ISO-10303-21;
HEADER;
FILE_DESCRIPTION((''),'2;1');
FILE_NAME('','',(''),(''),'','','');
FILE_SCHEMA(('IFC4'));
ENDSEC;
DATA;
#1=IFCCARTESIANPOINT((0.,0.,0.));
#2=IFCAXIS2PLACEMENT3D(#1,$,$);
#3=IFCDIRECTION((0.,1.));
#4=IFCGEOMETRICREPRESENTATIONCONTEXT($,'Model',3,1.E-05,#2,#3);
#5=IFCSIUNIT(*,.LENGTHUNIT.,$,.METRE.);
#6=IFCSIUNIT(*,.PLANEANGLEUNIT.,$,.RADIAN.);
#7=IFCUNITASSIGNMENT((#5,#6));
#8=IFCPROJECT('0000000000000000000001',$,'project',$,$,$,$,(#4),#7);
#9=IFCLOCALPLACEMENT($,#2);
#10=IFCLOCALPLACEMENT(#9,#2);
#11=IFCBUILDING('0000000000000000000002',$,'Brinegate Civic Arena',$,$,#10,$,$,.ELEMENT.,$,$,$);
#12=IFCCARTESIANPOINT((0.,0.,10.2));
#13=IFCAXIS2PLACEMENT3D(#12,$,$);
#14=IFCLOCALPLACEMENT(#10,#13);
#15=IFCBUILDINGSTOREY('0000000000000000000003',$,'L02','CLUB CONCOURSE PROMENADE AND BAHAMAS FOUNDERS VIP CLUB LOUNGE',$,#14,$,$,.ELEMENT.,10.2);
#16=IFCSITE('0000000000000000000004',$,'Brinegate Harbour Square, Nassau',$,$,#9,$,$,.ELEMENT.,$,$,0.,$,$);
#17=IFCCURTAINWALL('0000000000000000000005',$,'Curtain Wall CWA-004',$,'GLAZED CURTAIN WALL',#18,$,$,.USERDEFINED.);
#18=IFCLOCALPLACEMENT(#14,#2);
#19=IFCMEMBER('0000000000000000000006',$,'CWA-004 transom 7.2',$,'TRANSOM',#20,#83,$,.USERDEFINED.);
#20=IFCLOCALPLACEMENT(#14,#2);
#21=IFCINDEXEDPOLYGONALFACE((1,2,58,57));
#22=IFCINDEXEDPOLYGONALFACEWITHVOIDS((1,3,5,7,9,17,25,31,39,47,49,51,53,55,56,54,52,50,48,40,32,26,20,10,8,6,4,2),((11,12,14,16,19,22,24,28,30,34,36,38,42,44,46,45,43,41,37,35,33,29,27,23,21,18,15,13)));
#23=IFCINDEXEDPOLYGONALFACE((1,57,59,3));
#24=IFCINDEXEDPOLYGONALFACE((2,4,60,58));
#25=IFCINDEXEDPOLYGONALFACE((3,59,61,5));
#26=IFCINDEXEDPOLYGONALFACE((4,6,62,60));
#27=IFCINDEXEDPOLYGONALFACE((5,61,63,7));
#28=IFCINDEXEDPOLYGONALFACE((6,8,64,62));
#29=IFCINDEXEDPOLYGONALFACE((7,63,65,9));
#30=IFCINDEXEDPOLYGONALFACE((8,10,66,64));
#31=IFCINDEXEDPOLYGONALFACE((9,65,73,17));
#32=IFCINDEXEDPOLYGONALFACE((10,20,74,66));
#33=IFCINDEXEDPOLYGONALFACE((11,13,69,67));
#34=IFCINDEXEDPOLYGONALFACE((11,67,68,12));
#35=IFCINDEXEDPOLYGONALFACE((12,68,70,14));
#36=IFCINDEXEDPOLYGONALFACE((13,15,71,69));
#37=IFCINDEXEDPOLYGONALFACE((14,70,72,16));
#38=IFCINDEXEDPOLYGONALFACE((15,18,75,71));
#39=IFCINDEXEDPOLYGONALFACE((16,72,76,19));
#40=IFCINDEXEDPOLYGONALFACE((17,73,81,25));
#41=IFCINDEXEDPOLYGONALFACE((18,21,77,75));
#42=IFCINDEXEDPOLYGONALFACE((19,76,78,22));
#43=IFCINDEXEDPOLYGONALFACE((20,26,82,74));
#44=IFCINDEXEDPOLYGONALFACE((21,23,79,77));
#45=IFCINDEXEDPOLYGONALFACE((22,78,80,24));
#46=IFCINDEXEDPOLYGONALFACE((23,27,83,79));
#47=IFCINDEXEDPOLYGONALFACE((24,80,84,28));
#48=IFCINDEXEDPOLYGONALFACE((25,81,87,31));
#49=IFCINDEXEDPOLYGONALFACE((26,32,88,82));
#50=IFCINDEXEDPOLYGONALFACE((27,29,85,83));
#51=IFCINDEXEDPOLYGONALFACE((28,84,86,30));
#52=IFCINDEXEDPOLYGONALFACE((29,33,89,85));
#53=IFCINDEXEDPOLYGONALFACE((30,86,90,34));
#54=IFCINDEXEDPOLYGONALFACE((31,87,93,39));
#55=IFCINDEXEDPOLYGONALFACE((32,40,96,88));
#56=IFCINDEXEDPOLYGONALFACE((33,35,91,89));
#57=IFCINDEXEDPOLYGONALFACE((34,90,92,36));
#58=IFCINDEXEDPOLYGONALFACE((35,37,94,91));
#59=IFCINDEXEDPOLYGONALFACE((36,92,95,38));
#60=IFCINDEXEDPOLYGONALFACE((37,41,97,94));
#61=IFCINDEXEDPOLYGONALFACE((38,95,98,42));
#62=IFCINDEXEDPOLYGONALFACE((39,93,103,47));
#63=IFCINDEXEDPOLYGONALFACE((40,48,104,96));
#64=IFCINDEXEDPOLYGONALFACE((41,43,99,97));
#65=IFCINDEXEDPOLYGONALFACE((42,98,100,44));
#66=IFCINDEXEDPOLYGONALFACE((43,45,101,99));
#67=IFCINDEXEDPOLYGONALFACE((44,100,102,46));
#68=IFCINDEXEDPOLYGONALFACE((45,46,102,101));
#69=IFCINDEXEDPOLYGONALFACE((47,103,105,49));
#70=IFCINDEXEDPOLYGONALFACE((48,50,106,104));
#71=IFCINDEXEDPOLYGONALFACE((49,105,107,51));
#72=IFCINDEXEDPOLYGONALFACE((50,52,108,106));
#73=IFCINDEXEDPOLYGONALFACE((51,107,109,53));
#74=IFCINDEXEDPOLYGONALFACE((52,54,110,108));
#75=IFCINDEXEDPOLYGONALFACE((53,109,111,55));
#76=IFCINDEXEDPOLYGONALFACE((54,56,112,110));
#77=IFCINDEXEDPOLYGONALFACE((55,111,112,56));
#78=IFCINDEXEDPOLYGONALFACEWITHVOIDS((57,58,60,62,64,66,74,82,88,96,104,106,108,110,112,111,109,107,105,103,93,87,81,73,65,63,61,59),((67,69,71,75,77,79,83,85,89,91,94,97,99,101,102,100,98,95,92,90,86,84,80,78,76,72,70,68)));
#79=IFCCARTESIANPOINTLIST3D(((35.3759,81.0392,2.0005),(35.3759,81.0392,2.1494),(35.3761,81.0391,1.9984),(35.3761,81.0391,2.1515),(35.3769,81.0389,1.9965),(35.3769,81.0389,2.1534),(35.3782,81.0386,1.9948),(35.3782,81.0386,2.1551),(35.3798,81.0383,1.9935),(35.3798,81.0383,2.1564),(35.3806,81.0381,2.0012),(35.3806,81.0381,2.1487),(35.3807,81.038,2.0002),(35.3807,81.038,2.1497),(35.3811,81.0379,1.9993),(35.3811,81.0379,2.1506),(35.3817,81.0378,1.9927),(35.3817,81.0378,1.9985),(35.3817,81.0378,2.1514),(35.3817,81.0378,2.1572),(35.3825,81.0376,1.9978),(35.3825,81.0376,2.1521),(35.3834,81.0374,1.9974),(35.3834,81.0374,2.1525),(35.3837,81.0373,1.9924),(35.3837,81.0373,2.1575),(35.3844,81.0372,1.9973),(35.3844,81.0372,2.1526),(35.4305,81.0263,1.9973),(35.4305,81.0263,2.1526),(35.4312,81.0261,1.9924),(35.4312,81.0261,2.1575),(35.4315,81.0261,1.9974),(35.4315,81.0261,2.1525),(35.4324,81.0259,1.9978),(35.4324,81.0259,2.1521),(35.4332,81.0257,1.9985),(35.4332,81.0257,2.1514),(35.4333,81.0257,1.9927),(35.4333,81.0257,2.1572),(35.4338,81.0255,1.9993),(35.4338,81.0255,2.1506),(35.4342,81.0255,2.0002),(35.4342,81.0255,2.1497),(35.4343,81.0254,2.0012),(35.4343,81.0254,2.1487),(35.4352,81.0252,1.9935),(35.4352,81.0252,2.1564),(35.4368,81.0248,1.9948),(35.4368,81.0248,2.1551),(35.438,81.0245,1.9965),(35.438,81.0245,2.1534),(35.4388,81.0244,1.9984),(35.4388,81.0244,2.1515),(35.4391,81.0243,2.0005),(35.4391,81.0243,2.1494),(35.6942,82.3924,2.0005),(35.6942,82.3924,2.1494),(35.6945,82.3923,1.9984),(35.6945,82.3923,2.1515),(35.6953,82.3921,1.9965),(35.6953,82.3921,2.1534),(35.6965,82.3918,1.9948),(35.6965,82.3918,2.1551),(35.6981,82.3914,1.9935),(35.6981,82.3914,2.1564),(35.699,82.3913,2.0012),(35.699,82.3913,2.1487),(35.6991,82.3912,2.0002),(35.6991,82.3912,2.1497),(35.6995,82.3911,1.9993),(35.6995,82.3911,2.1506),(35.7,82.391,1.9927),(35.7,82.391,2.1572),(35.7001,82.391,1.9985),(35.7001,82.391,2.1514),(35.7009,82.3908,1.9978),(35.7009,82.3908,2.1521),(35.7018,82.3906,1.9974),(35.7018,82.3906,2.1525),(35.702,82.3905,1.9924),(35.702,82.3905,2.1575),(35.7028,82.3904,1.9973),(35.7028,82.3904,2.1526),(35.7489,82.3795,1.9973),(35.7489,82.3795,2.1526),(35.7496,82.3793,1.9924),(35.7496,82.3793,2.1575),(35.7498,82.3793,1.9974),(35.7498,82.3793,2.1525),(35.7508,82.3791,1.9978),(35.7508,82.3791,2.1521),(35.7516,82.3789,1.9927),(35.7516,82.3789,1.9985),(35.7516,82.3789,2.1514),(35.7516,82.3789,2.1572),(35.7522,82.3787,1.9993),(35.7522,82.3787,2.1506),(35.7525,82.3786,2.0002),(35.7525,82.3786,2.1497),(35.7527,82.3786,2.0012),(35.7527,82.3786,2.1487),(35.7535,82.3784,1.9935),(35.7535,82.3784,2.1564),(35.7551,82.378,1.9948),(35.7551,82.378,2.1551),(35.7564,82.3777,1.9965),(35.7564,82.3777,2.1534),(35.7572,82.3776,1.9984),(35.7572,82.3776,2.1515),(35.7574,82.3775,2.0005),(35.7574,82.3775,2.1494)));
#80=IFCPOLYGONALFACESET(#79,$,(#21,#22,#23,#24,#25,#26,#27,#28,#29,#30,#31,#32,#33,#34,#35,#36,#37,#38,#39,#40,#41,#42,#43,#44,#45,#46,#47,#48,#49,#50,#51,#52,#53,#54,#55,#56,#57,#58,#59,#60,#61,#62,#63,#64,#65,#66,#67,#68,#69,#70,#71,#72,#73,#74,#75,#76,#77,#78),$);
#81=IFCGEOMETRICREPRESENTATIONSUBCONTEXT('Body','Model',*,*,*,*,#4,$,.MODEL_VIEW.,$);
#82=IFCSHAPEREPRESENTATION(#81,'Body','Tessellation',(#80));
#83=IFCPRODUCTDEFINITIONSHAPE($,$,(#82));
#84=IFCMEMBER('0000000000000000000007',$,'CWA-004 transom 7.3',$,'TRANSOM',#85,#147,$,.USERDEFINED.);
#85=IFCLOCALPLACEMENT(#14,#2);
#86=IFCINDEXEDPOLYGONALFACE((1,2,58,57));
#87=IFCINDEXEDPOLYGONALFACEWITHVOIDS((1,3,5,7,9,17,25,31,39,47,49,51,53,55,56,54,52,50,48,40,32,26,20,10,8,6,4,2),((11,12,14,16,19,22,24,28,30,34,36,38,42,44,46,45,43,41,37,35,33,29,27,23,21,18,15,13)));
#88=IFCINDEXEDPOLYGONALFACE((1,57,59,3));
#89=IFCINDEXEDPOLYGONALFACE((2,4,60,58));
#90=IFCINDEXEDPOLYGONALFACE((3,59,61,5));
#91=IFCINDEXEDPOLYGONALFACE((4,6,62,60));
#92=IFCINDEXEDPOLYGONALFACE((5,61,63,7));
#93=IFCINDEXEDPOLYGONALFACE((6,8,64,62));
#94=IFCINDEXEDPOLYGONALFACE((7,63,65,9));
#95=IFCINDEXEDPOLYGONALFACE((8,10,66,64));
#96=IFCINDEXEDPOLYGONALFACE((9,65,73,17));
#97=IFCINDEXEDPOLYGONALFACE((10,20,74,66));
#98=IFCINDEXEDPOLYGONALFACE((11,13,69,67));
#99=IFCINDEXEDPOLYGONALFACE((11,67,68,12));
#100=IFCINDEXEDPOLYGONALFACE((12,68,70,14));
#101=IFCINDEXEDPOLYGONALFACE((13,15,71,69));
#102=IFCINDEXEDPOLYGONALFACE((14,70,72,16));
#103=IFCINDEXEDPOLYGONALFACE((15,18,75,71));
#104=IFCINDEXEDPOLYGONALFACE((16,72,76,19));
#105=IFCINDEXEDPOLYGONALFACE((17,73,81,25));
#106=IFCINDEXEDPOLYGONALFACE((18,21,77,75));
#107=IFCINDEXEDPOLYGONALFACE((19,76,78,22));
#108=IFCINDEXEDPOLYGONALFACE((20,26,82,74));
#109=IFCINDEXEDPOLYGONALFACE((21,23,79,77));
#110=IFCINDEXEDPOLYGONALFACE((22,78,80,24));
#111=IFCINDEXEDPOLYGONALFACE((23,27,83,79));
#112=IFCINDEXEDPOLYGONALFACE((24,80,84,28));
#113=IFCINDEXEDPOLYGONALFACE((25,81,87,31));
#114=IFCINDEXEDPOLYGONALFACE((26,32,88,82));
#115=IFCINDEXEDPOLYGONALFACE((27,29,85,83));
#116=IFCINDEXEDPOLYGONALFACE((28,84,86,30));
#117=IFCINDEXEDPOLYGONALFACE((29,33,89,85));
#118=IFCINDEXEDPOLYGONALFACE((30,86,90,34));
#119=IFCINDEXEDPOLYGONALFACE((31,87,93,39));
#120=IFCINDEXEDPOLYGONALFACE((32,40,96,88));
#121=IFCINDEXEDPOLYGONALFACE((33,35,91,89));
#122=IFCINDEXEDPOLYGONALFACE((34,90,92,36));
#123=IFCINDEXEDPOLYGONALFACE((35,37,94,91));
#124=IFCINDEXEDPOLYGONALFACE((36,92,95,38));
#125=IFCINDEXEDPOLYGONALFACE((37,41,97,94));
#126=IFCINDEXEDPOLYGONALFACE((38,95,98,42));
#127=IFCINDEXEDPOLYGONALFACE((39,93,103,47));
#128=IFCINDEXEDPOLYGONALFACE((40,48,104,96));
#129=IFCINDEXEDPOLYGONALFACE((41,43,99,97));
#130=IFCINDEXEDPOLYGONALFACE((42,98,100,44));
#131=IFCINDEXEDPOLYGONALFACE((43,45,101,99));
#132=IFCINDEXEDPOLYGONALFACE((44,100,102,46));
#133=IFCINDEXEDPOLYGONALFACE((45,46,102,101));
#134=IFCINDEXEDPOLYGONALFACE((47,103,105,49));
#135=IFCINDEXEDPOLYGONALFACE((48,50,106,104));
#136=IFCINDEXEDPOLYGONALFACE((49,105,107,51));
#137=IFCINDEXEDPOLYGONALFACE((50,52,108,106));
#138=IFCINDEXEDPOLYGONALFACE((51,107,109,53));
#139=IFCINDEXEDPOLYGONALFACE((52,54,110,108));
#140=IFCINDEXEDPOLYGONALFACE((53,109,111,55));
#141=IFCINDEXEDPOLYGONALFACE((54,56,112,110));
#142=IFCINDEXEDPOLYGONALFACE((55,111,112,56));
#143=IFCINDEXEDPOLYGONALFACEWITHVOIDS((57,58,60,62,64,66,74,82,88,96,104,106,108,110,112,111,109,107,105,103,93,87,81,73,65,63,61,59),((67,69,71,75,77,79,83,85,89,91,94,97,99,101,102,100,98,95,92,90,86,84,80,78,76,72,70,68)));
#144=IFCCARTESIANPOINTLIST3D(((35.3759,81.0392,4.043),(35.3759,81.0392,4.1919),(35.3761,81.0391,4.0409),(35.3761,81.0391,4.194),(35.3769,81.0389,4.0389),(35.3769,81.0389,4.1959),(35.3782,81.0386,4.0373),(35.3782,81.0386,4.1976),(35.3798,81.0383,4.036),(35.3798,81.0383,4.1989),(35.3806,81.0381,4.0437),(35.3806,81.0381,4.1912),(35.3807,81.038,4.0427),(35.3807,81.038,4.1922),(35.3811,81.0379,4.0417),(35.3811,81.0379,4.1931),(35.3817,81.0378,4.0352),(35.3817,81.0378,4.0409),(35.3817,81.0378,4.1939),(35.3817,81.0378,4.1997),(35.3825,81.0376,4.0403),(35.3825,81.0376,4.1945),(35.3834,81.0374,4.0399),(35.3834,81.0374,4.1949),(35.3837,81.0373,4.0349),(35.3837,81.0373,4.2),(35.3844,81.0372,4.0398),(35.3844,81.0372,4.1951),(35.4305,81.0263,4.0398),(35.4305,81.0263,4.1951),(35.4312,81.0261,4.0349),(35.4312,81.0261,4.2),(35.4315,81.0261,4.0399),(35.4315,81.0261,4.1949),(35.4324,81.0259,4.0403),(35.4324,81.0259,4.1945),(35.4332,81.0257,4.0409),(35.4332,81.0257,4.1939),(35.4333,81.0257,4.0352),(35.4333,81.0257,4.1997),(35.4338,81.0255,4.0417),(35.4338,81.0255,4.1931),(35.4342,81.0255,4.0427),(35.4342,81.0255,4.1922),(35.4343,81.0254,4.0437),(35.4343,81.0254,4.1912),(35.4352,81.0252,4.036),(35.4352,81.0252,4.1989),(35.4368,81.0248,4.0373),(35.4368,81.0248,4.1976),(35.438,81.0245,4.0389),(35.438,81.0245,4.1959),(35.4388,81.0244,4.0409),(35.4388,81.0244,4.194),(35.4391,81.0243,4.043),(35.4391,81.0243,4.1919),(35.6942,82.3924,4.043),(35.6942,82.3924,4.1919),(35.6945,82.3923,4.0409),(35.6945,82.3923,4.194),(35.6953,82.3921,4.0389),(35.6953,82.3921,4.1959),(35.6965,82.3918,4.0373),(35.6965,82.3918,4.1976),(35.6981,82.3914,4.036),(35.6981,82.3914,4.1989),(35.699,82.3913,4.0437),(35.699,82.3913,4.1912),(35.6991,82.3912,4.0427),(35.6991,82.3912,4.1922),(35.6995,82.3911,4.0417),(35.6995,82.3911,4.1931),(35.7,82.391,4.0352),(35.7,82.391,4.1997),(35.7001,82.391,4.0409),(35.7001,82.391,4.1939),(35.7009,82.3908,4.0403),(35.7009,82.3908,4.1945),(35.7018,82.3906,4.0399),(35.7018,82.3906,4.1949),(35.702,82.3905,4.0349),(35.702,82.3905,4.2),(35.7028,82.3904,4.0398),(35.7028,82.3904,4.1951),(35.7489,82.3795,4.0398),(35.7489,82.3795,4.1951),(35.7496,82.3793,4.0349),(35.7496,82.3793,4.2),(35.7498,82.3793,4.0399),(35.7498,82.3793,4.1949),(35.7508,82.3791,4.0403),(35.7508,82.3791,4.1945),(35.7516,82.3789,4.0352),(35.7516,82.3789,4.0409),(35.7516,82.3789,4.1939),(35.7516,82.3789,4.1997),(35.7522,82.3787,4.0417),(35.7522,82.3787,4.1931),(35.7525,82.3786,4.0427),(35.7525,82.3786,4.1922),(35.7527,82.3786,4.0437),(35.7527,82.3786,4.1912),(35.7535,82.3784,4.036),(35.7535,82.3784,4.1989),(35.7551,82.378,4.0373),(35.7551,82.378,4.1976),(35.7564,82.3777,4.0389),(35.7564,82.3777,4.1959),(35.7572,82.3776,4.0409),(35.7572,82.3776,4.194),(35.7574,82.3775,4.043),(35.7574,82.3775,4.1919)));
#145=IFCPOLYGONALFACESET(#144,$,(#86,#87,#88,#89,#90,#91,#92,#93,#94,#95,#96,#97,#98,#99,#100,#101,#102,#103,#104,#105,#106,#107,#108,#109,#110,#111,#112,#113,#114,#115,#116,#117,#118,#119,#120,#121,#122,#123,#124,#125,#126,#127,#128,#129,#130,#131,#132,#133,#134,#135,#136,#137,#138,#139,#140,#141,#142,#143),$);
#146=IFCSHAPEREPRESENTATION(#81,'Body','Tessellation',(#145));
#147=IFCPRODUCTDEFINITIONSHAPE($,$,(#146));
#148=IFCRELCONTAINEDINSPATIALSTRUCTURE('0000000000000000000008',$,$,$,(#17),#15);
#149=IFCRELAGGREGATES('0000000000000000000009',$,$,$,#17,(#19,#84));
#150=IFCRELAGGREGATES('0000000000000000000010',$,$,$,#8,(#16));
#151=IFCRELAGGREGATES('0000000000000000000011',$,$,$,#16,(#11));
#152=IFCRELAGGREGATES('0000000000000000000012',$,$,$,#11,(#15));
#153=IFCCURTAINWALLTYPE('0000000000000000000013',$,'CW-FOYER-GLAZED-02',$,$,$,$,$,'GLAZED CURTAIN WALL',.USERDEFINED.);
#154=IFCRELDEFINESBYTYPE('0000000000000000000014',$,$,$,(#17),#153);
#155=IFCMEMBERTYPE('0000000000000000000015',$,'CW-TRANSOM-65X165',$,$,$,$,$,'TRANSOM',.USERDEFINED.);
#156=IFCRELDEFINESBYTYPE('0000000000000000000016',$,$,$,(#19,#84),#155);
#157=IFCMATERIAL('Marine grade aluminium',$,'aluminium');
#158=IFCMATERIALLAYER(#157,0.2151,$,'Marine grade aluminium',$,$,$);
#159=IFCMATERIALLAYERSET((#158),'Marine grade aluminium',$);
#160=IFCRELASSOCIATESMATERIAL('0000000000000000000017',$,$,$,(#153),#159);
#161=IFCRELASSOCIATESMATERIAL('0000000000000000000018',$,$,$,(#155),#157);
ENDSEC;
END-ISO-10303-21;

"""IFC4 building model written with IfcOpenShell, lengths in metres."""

from ifc_helpers import new_model, si_unit, direction, frame, origin, origin_2d, place, context, subcontext, project, spatial, hollow_rectangle, extrude, material, layer, layer_set, material_profile, profile_set, type_object, element, aggregate, save


model = new_model("IFC4")

# Units and contexts
model_context = context("Model", 3, precision=1e-05, world=origin(), true_north=direction((0.0, 1.0)))
body_context = subcontext(model_context, "Body", "Model", "MODEL_VIEW")
ifc_project = project(units=[si_unit("LENGTHUNIT", "METRE"), si_unit("PLANEANGLEUNIT", "RADIAN")], contexts=[model_context])

# Site, building, storey
site_placement = place(None, origin())
site = spatial("IfcSite", under=ifc_project, at=site_placement, Name="Brinegate Harbour Square, Nassau", CompositionType="ELEMENT", RefElevation=0.0)
building_placement = place(site_placement, origin())
building = spatial("IfcBuilding", under=site, at=building_placement, Name="Brinegate Civic Arena", CompositionType="ELEMENT")
storey_placement = place(building_placement, frame((0.0, 0.0, 10.2)))
storey = spatial("IfcBuildingStorey", under=building, at=storey_placement, Name="L02", Description="CLUB CONCOURSE PROMENADE AND BAHAMAS FOUNDERS VIP CLUB LOUNGE", CompositionType="ELEMENT", Elevation=10.2)

# Curtain wall, members
ifc_material_1 = material(Name="Marine grade aluminium", Category="aluminium")
ifc_layer_1 = layer(ifc_material_1, 0.2151, Name="Marine grade aluminium")
ifc_layer_set_1 = layer_set([ifc_layer_1], Name="Marine grade aluminium")
curtain_wall_type = type_object("IfcCurtainWallType", Name="CW-FOYER-GLAZED-02", ElementType="GLAZED CURTAIN WALL", PredefinedType="USERDEFINED", material=ifc_layer_set_1)
curtain_wall_placement = place(storey_placement, origin())
curtain_wall = element("IfcCurtainWall", 1, at=curtain_wall_placement, inside=storey, type_object=curtain_wall_type, Name="Curtain Wall CWA-004", ObjectType="GLAZED CURTAIN WALL", PredefinedType="USERDEFINED")
ifc_material_profile_1 = material_profile(ifc_material_1, hollow_rectangle(XDim=0.0649, YDim=0.165, WallThickness=0.0049, InnerFilletRadius=0.0039, OuterFilletRadius=0.0081, at=origin_2d()), Name="TRN65X165")
ifc_profile_set_1 = profile_set([ifc_material_profile_1], Name="Marine grade aluminium")
member_type_1 = type_object("IfcMemberType", Name="CW-TRANSOM-65X165", ElementType="TRANSOM", PredefinedType="USERDEFINED", material=ifc_profile_set_1)
member_1_placement = place(storey_placement, frame((35.4075, 81.0317, 2.075), z_axis=(0.229, 0.973426, 0.0), x_axis=(-0.973426, 0.229, 0.0)))
member_1 = element("IfcMember", 2, at=member_1_placement, type_object=member_type_1, Name="CWA-004 transom 7.2", ObjectType="TRANSOM", PredefinedType="USERDEFINED", context=body_context, shape_type="SweptSolid", body=[
    extrude(hollow_rectangle(XDim=0.0649, YDim=0.165, WallThickness=0.0049, InnerFilletRadius=0.0039, OuterFilletRadius=0.0081, at=origin_2d()), origin(), (0.0, 0.0, 1.0), 1.3901),
])
member_2_placement = place(storey_placement, frame((35.4075, 81.0317, 4.1174), z_axis=(0.229, 0.973426, 0.0), x_axis=(-0.973426, 0.229, 0.0)))
member_2 = element("IfcMember", 3, at=member_2_placement, type_object=member_type_1, Name="CWA-004 transom 7.3", ObjectType="TRANSOM", PredefinedType="USERDEFINED", context=body_context, shape_type="SweptSolid", body=[
    extrude(hollow_rectangle(XDim=0.0649, YDim=0.165, WallThickness=0.0049, InnerFilletRadius=0.0039, OuterFilletRadius=0.0081, at=origin_2d()), origin(), (0.0, 0.0, 1.0), 1.3901),
])

aggregate(curtain_wall, [member_1, member_2])

save(model, "model.ifc")
